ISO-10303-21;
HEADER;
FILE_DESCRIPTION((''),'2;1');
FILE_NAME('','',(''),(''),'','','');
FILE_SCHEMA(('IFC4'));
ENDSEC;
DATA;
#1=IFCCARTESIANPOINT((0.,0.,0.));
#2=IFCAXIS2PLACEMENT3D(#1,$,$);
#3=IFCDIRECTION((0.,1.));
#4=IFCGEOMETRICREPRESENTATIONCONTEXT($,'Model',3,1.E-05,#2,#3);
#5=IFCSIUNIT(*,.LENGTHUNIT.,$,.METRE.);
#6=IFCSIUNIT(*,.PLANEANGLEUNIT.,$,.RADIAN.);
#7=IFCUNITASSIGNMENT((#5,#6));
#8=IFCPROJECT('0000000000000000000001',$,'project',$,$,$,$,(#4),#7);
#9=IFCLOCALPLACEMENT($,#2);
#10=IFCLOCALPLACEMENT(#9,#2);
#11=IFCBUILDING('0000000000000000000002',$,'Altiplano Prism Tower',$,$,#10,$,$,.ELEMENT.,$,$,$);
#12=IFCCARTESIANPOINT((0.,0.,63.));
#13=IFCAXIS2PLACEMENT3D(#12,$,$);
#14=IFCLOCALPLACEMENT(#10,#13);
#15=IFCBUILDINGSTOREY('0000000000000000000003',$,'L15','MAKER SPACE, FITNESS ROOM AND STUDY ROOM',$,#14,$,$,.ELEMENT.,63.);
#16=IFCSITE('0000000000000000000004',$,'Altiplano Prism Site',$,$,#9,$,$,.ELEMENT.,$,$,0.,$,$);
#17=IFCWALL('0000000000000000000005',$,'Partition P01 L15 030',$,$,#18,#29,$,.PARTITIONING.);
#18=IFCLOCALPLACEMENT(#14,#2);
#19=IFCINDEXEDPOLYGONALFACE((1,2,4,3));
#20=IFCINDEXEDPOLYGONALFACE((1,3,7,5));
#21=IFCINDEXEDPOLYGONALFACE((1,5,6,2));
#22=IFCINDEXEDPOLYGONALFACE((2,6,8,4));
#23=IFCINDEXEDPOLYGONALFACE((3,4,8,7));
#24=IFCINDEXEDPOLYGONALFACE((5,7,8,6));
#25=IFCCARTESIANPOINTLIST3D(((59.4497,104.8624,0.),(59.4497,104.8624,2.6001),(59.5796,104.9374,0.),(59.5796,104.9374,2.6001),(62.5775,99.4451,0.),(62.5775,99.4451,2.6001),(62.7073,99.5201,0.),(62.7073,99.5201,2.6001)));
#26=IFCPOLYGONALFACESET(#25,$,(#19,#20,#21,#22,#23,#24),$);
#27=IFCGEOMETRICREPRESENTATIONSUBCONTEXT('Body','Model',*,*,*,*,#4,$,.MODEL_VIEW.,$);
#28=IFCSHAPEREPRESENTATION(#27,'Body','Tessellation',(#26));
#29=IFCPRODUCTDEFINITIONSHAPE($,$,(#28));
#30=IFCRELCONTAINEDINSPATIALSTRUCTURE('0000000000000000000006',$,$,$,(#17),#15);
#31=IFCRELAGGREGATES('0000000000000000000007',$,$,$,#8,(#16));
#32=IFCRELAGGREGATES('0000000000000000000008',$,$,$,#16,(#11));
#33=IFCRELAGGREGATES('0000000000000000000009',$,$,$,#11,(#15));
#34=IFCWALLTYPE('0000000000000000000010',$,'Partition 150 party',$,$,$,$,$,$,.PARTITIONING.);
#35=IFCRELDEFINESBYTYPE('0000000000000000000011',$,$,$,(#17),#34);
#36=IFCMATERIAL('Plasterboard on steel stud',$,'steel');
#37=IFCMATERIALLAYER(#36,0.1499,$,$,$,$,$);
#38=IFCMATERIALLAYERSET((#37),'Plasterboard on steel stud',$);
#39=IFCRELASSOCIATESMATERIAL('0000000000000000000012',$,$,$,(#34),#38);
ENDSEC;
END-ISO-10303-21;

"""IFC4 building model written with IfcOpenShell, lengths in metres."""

from ifc_helpers import new_model, si_unit, direction, frame, frame_2d, origin, place, context, subcontext, project, spatial, rectangle, extrude, material, layer, layer_set, type_object, element, save


model = new_model("IFC4")

# Units and contexts
model_context = context("Model", 3, precision=1e-05, world=origin(), true_north=direction((0.0, 1.0)))
body_context = subcontext(model_context, "Body", "Model", "MODEL_VIEW")
ifc_project = project(units=[si_unit("LENGTHUNIT", "METRE"), si_unit("PLANEANGLEUNIT", "RADIAN")], contexts=[model_context])

# Site, building, storey
site_placement = place(None, origin())
site = spatial("IfcSite", under=ifc_project, at=site_placement, Name="Altiplano Prism Site", CompositionType="ELEMENT", RefElevation=0.0)
building_placement = place(site_placement, origin())
building = spatial("IfcBuilding", under=site, at=building_placement, Name="Altiplano Prism Tower", CompositionType="ELEMENT")
storey_placement = place(building_placement, frame((0.0, 0.0, 63.0)))
storey = spatial("IfcBuildingStorey", under=building, at=storey_placement, Name="L15", Description="MAKER SPACE, FITNESS ROOM AND STUDY ROOM", CompositionType="ELEMENT", Elevation=63.0)

# Shared definitions
ifc_material_1 = material(Name="Plasterboard on steel stud", Category="steel")

# Wall
ifc_layer_1 = layer(ifc_material_1, 0.1499)
ifc_layer_set_1 = layer_set([ifc_layer_1], Name="Plasterboard on steel stud")
wall_type_1 = type_object("IfcWallType", Name="Partition 150 party", PredefinedType="PARTITIONING", material=ifc_layer_set_1)
wall_1_placement = place(storey_placement, frame((59.5146, 104.8999, 0.0), z_axis=(0.0, 0.0, 1.0), x_axis=(0.500005, -0.866022, 0.0)))
element("IfcWall", 1, at=wall_1_placement, inside=storey, type_object=wall_type_1, Name="Partition P01 L15 030", PredefinedType="PARTITIONING", context=body_context, shape_type="SweptSolid", body=[
    extrude(rectangle(XDim=6.2554, YDim=0.1499, at=frame_2d((3.1277, 0.0))), origin(), (0.0, 0.0, 1.0), 2.6001),
])

save(model, "model.ifc")
